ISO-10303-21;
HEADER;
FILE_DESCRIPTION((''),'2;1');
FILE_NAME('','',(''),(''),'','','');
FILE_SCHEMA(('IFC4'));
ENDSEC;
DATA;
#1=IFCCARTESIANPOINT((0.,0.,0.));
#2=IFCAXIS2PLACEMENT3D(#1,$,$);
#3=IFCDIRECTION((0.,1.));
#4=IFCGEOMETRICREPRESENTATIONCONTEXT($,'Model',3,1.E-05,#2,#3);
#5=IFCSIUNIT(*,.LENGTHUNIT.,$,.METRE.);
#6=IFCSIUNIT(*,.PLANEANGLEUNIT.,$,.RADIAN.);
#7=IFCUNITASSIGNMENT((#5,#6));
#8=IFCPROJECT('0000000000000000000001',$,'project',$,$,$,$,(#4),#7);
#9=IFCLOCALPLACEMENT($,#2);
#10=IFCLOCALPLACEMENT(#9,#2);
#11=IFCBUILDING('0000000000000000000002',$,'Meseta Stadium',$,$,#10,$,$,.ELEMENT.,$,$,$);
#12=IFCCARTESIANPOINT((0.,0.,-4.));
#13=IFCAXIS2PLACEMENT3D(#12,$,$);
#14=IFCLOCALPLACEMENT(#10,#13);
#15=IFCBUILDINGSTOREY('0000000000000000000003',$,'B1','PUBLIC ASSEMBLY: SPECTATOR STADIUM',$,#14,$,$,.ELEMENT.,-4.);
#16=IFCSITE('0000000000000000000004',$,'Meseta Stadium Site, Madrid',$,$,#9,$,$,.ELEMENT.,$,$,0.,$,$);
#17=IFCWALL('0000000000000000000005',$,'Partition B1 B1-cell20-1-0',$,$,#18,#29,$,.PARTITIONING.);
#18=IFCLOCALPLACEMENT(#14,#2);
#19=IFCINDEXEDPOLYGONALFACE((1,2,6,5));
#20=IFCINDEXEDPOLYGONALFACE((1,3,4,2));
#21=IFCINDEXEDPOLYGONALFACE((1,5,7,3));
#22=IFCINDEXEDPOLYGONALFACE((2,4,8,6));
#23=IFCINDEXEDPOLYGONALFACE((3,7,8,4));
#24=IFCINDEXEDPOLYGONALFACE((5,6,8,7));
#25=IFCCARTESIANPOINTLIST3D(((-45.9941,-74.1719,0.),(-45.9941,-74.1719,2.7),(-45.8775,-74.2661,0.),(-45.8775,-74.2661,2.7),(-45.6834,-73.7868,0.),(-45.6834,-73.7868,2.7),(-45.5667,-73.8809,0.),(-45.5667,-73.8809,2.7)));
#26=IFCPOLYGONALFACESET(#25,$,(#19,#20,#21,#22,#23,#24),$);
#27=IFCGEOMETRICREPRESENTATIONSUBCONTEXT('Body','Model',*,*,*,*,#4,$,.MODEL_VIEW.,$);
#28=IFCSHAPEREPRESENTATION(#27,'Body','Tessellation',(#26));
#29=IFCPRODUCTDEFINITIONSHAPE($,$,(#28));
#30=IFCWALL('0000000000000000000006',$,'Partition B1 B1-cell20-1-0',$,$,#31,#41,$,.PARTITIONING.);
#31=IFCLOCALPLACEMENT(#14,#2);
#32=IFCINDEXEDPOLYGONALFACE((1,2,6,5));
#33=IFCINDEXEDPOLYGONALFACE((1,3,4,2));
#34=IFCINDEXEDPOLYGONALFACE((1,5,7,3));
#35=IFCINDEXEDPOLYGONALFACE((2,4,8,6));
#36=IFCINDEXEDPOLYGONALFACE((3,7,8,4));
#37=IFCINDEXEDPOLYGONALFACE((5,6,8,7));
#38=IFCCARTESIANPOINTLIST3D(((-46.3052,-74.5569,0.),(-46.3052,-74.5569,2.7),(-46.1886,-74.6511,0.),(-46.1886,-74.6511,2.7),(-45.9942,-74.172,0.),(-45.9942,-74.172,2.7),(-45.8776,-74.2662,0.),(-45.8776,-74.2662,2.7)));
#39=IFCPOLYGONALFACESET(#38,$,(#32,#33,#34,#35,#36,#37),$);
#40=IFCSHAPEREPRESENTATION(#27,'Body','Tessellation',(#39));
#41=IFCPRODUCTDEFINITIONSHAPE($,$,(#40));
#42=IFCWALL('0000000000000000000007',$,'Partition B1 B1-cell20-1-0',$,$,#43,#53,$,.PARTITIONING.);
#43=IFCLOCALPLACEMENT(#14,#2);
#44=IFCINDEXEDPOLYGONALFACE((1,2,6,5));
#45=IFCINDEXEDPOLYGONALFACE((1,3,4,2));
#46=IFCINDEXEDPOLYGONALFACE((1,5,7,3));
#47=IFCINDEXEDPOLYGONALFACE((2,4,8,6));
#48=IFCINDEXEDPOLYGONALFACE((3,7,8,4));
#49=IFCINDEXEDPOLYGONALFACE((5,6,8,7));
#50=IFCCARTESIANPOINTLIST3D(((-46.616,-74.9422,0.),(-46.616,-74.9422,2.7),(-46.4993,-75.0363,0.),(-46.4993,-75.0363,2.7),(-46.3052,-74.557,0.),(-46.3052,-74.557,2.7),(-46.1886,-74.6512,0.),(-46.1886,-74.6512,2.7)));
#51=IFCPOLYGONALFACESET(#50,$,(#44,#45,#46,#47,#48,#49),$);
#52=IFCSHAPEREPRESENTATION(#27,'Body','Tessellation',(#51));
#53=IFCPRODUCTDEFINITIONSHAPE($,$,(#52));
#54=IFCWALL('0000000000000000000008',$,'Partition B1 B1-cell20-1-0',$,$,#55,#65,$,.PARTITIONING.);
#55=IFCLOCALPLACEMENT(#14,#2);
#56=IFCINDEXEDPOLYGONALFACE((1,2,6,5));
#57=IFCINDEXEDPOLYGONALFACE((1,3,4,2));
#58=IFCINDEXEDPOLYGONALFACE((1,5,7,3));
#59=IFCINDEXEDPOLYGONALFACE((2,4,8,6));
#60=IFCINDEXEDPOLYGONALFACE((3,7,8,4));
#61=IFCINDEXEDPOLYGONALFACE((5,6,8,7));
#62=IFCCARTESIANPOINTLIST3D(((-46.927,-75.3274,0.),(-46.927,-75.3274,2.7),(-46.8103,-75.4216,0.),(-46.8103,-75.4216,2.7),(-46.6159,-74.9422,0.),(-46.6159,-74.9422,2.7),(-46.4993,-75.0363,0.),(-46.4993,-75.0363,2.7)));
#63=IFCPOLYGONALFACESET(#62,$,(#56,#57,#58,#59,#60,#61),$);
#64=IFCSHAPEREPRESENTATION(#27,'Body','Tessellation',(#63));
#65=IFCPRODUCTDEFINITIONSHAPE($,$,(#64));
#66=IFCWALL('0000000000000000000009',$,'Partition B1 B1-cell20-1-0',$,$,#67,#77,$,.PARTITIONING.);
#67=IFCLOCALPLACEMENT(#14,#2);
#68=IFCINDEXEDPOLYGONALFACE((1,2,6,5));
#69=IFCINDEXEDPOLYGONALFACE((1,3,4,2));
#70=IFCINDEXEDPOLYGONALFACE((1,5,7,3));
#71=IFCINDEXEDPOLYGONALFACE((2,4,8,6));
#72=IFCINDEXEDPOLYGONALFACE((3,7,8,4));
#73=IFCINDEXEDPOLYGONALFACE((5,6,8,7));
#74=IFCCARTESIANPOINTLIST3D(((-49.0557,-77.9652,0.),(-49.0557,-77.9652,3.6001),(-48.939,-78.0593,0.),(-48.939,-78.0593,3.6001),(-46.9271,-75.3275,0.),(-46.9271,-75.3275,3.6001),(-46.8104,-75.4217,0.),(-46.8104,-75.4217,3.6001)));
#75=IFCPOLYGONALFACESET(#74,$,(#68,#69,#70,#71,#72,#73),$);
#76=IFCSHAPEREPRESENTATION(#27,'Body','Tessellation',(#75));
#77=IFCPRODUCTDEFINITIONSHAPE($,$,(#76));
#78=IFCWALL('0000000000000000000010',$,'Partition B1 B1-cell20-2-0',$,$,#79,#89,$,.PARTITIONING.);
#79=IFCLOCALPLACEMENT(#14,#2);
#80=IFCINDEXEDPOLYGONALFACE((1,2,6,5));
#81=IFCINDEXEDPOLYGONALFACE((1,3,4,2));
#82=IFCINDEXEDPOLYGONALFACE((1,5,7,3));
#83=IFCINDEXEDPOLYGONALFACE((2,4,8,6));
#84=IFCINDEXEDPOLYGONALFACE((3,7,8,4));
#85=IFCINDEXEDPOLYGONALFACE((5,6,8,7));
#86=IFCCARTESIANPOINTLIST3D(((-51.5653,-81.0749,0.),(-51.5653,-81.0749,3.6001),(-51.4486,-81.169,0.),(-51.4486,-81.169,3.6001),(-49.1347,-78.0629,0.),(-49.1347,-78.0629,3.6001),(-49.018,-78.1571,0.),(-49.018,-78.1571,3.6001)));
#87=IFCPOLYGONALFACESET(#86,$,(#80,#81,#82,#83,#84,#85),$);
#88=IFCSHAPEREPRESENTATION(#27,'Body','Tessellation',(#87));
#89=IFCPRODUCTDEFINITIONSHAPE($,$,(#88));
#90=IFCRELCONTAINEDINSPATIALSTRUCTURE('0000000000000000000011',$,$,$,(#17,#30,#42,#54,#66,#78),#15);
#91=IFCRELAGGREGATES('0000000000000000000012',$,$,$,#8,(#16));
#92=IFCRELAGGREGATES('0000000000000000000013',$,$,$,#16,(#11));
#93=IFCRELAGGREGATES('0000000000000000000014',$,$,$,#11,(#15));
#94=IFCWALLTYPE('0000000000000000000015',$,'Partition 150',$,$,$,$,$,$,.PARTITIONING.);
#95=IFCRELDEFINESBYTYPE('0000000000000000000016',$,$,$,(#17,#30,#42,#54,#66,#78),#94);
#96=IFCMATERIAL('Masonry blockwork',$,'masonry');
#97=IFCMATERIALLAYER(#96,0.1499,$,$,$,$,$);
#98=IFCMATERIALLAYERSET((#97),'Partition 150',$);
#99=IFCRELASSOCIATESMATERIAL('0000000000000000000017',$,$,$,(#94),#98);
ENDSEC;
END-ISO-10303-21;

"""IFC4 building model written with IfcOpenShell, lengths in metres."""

from ifc_helpers import new_model, si_unit, direction, frame, frame_2d, origin, place, context, subcontext, project, spatial, rectangle, extrude, material, layer, layer_set, type_object, element, save


model = new_model("IFC4")

# Units and contexts
model_context = context("Model", 3, precision=1e-05, world=origin(), true_north=direction((0.0, 1.0)))
body_context = subcontext(model_context, "Body", "Model", "MODEL_VIEW")
ifc_project = project(units=[si_unit("LENGTHUNIT", "METRE"), si_unit("PLANEANGLEUNIT", "RADIAN")], contexts=[model_context])

# Site, building, storey
site_placement = place(None, origin())
site = spatial("IfcSite", under=ifc_project, at=site_placement, Name="Meseta Stadium Site, Madrid", CompositionType="ELEMENT", RefElevation=0.0)
building_placement = place(site_placement, origin())
building = spatial("IfcBuilding", under=site, at=building_placement, Name="Meseta Stadium", CompositionType="ELEMENT")
storey_placement = place(building_placement, frame((0.0, 0.0, -4.0)))
storey = spatial("IfcBuildingStorey", under=building, at=storey_placement, Name="B1", Description="PUBLIC ASSEMBLY: SPECTATOR STADIUM", CompositionType="ELEMENT", Elevation=-4.0)

# Walls
ifc_material_1 = material(Name="Masonry blockwork", Category="masonry")
ifc_layer = layer(ifc_material_1, 0.1499)
ifc_layer_set = layer_set([ifc_layer], Name="Partition 150")
wall_type = type_object("IfcWallType", Name="Partition 150", PredefinedType="PARTITIONING", material=ifc_layer_set)
for number, where, z_axis, x_axis, name in (
    (1, (-45.625, -73.8337, 0.0), (0.0, 0.0, 1.0), (-0.627878, -0.778312, 0.0), "Partition B1 B1-cell20-1-0"),
    (2, (-45.9358, -74.219, 0.0), (0.0, 0.0, 1.0), (-0.628417, -0.777876, 0.0), "Partition B1 B1-cell20-1-0"),
    (3, (-46.2468, -74.604, 0.0), (0.0, 0.0, 1.0), (-0.627878, -0.778312, 0.0), "Partition B1 B1-cell20-1-0"),
):
    element("IfcWall", number, at=place(storey_placement, frame(where, z_axis=z_axis, x_axis=x_axis)), inside=storey, type_object=wall_type, Name=name, PredefinedType="PARTITIONING", context=body_context, shape_type="SweptSolid", body=[
        extrude(rectangle(XDim=0.4949, YDim=0.1499, at=frame_2d((0.2476, 0.0))), origin(), (0.0, 0.0, 1.0), 2.7),
    ])
wall_1_placement = place(storey_placement, frame((-46.5576, -74.9893, 0.0), z_axis=(0.0, 0.0, 1.0), x_axis=(-0.628176, -0.778071, 0.0)))
element("IfcWall", 4, at=wall_1_placement, inside=storey, type_object=wall_type, Name="Partition B1 B1-cell20-1-0", PredefinedType="PARTITIONING", context=body_context, shape_type="SweptSolid", body=[
    extrude(rectangle(XDim=0.4951, YDim=0.1499, at=frame_2d((0.2476, 0.0))), origin(), (0.0, 0.0, 1.0), 2.7),
])
wall_2_placement = place(storey_placement, frame((-46.8687, -75.3745, 0.0), z_axis=(0.0, 0.0, 1.0), x_axis=(-0.628019, -0.778198, 0.0)))
element("IfcWall", 5, at=wall_2_placement, inside=storey, type_object=wall_type, Name="Partition B1 B1-cell20-1-0", PredefinedType="PARTITIONING", context=body_context, shape_type="SweptSolid", body=[
    extrude(rectangle(XDim=3.3894, YDim=0.1499, at=frame_2d((1.6948, 0.0))), origin(), (0.0, 0.0, 1.0), 3.6001),
])
wall_3_placement = place(storey_placement, frame((-49.0764, -78.1101, 0.0), z_axis=(0.0, 0.0, 1.0), x_axis=(-0.628013, -0.778203, 0.0)))
element("IfcWall", 6, at=wall_3_placement, inside=storey, type_object=wall_type, Name="Partition B1 B1-cell20-2-0", PredefinedType="PARTITIONING", context=body_context, shape_type="SweptSolid", body=[
    extrude(rectangle(XDim=3.8704, YDim=0.1499, at=frame_2d((1.9351, 0.0))), origin(), (0.0, 0.0, 1.0), 3.6001),
])

save(model, "model.ifc")
